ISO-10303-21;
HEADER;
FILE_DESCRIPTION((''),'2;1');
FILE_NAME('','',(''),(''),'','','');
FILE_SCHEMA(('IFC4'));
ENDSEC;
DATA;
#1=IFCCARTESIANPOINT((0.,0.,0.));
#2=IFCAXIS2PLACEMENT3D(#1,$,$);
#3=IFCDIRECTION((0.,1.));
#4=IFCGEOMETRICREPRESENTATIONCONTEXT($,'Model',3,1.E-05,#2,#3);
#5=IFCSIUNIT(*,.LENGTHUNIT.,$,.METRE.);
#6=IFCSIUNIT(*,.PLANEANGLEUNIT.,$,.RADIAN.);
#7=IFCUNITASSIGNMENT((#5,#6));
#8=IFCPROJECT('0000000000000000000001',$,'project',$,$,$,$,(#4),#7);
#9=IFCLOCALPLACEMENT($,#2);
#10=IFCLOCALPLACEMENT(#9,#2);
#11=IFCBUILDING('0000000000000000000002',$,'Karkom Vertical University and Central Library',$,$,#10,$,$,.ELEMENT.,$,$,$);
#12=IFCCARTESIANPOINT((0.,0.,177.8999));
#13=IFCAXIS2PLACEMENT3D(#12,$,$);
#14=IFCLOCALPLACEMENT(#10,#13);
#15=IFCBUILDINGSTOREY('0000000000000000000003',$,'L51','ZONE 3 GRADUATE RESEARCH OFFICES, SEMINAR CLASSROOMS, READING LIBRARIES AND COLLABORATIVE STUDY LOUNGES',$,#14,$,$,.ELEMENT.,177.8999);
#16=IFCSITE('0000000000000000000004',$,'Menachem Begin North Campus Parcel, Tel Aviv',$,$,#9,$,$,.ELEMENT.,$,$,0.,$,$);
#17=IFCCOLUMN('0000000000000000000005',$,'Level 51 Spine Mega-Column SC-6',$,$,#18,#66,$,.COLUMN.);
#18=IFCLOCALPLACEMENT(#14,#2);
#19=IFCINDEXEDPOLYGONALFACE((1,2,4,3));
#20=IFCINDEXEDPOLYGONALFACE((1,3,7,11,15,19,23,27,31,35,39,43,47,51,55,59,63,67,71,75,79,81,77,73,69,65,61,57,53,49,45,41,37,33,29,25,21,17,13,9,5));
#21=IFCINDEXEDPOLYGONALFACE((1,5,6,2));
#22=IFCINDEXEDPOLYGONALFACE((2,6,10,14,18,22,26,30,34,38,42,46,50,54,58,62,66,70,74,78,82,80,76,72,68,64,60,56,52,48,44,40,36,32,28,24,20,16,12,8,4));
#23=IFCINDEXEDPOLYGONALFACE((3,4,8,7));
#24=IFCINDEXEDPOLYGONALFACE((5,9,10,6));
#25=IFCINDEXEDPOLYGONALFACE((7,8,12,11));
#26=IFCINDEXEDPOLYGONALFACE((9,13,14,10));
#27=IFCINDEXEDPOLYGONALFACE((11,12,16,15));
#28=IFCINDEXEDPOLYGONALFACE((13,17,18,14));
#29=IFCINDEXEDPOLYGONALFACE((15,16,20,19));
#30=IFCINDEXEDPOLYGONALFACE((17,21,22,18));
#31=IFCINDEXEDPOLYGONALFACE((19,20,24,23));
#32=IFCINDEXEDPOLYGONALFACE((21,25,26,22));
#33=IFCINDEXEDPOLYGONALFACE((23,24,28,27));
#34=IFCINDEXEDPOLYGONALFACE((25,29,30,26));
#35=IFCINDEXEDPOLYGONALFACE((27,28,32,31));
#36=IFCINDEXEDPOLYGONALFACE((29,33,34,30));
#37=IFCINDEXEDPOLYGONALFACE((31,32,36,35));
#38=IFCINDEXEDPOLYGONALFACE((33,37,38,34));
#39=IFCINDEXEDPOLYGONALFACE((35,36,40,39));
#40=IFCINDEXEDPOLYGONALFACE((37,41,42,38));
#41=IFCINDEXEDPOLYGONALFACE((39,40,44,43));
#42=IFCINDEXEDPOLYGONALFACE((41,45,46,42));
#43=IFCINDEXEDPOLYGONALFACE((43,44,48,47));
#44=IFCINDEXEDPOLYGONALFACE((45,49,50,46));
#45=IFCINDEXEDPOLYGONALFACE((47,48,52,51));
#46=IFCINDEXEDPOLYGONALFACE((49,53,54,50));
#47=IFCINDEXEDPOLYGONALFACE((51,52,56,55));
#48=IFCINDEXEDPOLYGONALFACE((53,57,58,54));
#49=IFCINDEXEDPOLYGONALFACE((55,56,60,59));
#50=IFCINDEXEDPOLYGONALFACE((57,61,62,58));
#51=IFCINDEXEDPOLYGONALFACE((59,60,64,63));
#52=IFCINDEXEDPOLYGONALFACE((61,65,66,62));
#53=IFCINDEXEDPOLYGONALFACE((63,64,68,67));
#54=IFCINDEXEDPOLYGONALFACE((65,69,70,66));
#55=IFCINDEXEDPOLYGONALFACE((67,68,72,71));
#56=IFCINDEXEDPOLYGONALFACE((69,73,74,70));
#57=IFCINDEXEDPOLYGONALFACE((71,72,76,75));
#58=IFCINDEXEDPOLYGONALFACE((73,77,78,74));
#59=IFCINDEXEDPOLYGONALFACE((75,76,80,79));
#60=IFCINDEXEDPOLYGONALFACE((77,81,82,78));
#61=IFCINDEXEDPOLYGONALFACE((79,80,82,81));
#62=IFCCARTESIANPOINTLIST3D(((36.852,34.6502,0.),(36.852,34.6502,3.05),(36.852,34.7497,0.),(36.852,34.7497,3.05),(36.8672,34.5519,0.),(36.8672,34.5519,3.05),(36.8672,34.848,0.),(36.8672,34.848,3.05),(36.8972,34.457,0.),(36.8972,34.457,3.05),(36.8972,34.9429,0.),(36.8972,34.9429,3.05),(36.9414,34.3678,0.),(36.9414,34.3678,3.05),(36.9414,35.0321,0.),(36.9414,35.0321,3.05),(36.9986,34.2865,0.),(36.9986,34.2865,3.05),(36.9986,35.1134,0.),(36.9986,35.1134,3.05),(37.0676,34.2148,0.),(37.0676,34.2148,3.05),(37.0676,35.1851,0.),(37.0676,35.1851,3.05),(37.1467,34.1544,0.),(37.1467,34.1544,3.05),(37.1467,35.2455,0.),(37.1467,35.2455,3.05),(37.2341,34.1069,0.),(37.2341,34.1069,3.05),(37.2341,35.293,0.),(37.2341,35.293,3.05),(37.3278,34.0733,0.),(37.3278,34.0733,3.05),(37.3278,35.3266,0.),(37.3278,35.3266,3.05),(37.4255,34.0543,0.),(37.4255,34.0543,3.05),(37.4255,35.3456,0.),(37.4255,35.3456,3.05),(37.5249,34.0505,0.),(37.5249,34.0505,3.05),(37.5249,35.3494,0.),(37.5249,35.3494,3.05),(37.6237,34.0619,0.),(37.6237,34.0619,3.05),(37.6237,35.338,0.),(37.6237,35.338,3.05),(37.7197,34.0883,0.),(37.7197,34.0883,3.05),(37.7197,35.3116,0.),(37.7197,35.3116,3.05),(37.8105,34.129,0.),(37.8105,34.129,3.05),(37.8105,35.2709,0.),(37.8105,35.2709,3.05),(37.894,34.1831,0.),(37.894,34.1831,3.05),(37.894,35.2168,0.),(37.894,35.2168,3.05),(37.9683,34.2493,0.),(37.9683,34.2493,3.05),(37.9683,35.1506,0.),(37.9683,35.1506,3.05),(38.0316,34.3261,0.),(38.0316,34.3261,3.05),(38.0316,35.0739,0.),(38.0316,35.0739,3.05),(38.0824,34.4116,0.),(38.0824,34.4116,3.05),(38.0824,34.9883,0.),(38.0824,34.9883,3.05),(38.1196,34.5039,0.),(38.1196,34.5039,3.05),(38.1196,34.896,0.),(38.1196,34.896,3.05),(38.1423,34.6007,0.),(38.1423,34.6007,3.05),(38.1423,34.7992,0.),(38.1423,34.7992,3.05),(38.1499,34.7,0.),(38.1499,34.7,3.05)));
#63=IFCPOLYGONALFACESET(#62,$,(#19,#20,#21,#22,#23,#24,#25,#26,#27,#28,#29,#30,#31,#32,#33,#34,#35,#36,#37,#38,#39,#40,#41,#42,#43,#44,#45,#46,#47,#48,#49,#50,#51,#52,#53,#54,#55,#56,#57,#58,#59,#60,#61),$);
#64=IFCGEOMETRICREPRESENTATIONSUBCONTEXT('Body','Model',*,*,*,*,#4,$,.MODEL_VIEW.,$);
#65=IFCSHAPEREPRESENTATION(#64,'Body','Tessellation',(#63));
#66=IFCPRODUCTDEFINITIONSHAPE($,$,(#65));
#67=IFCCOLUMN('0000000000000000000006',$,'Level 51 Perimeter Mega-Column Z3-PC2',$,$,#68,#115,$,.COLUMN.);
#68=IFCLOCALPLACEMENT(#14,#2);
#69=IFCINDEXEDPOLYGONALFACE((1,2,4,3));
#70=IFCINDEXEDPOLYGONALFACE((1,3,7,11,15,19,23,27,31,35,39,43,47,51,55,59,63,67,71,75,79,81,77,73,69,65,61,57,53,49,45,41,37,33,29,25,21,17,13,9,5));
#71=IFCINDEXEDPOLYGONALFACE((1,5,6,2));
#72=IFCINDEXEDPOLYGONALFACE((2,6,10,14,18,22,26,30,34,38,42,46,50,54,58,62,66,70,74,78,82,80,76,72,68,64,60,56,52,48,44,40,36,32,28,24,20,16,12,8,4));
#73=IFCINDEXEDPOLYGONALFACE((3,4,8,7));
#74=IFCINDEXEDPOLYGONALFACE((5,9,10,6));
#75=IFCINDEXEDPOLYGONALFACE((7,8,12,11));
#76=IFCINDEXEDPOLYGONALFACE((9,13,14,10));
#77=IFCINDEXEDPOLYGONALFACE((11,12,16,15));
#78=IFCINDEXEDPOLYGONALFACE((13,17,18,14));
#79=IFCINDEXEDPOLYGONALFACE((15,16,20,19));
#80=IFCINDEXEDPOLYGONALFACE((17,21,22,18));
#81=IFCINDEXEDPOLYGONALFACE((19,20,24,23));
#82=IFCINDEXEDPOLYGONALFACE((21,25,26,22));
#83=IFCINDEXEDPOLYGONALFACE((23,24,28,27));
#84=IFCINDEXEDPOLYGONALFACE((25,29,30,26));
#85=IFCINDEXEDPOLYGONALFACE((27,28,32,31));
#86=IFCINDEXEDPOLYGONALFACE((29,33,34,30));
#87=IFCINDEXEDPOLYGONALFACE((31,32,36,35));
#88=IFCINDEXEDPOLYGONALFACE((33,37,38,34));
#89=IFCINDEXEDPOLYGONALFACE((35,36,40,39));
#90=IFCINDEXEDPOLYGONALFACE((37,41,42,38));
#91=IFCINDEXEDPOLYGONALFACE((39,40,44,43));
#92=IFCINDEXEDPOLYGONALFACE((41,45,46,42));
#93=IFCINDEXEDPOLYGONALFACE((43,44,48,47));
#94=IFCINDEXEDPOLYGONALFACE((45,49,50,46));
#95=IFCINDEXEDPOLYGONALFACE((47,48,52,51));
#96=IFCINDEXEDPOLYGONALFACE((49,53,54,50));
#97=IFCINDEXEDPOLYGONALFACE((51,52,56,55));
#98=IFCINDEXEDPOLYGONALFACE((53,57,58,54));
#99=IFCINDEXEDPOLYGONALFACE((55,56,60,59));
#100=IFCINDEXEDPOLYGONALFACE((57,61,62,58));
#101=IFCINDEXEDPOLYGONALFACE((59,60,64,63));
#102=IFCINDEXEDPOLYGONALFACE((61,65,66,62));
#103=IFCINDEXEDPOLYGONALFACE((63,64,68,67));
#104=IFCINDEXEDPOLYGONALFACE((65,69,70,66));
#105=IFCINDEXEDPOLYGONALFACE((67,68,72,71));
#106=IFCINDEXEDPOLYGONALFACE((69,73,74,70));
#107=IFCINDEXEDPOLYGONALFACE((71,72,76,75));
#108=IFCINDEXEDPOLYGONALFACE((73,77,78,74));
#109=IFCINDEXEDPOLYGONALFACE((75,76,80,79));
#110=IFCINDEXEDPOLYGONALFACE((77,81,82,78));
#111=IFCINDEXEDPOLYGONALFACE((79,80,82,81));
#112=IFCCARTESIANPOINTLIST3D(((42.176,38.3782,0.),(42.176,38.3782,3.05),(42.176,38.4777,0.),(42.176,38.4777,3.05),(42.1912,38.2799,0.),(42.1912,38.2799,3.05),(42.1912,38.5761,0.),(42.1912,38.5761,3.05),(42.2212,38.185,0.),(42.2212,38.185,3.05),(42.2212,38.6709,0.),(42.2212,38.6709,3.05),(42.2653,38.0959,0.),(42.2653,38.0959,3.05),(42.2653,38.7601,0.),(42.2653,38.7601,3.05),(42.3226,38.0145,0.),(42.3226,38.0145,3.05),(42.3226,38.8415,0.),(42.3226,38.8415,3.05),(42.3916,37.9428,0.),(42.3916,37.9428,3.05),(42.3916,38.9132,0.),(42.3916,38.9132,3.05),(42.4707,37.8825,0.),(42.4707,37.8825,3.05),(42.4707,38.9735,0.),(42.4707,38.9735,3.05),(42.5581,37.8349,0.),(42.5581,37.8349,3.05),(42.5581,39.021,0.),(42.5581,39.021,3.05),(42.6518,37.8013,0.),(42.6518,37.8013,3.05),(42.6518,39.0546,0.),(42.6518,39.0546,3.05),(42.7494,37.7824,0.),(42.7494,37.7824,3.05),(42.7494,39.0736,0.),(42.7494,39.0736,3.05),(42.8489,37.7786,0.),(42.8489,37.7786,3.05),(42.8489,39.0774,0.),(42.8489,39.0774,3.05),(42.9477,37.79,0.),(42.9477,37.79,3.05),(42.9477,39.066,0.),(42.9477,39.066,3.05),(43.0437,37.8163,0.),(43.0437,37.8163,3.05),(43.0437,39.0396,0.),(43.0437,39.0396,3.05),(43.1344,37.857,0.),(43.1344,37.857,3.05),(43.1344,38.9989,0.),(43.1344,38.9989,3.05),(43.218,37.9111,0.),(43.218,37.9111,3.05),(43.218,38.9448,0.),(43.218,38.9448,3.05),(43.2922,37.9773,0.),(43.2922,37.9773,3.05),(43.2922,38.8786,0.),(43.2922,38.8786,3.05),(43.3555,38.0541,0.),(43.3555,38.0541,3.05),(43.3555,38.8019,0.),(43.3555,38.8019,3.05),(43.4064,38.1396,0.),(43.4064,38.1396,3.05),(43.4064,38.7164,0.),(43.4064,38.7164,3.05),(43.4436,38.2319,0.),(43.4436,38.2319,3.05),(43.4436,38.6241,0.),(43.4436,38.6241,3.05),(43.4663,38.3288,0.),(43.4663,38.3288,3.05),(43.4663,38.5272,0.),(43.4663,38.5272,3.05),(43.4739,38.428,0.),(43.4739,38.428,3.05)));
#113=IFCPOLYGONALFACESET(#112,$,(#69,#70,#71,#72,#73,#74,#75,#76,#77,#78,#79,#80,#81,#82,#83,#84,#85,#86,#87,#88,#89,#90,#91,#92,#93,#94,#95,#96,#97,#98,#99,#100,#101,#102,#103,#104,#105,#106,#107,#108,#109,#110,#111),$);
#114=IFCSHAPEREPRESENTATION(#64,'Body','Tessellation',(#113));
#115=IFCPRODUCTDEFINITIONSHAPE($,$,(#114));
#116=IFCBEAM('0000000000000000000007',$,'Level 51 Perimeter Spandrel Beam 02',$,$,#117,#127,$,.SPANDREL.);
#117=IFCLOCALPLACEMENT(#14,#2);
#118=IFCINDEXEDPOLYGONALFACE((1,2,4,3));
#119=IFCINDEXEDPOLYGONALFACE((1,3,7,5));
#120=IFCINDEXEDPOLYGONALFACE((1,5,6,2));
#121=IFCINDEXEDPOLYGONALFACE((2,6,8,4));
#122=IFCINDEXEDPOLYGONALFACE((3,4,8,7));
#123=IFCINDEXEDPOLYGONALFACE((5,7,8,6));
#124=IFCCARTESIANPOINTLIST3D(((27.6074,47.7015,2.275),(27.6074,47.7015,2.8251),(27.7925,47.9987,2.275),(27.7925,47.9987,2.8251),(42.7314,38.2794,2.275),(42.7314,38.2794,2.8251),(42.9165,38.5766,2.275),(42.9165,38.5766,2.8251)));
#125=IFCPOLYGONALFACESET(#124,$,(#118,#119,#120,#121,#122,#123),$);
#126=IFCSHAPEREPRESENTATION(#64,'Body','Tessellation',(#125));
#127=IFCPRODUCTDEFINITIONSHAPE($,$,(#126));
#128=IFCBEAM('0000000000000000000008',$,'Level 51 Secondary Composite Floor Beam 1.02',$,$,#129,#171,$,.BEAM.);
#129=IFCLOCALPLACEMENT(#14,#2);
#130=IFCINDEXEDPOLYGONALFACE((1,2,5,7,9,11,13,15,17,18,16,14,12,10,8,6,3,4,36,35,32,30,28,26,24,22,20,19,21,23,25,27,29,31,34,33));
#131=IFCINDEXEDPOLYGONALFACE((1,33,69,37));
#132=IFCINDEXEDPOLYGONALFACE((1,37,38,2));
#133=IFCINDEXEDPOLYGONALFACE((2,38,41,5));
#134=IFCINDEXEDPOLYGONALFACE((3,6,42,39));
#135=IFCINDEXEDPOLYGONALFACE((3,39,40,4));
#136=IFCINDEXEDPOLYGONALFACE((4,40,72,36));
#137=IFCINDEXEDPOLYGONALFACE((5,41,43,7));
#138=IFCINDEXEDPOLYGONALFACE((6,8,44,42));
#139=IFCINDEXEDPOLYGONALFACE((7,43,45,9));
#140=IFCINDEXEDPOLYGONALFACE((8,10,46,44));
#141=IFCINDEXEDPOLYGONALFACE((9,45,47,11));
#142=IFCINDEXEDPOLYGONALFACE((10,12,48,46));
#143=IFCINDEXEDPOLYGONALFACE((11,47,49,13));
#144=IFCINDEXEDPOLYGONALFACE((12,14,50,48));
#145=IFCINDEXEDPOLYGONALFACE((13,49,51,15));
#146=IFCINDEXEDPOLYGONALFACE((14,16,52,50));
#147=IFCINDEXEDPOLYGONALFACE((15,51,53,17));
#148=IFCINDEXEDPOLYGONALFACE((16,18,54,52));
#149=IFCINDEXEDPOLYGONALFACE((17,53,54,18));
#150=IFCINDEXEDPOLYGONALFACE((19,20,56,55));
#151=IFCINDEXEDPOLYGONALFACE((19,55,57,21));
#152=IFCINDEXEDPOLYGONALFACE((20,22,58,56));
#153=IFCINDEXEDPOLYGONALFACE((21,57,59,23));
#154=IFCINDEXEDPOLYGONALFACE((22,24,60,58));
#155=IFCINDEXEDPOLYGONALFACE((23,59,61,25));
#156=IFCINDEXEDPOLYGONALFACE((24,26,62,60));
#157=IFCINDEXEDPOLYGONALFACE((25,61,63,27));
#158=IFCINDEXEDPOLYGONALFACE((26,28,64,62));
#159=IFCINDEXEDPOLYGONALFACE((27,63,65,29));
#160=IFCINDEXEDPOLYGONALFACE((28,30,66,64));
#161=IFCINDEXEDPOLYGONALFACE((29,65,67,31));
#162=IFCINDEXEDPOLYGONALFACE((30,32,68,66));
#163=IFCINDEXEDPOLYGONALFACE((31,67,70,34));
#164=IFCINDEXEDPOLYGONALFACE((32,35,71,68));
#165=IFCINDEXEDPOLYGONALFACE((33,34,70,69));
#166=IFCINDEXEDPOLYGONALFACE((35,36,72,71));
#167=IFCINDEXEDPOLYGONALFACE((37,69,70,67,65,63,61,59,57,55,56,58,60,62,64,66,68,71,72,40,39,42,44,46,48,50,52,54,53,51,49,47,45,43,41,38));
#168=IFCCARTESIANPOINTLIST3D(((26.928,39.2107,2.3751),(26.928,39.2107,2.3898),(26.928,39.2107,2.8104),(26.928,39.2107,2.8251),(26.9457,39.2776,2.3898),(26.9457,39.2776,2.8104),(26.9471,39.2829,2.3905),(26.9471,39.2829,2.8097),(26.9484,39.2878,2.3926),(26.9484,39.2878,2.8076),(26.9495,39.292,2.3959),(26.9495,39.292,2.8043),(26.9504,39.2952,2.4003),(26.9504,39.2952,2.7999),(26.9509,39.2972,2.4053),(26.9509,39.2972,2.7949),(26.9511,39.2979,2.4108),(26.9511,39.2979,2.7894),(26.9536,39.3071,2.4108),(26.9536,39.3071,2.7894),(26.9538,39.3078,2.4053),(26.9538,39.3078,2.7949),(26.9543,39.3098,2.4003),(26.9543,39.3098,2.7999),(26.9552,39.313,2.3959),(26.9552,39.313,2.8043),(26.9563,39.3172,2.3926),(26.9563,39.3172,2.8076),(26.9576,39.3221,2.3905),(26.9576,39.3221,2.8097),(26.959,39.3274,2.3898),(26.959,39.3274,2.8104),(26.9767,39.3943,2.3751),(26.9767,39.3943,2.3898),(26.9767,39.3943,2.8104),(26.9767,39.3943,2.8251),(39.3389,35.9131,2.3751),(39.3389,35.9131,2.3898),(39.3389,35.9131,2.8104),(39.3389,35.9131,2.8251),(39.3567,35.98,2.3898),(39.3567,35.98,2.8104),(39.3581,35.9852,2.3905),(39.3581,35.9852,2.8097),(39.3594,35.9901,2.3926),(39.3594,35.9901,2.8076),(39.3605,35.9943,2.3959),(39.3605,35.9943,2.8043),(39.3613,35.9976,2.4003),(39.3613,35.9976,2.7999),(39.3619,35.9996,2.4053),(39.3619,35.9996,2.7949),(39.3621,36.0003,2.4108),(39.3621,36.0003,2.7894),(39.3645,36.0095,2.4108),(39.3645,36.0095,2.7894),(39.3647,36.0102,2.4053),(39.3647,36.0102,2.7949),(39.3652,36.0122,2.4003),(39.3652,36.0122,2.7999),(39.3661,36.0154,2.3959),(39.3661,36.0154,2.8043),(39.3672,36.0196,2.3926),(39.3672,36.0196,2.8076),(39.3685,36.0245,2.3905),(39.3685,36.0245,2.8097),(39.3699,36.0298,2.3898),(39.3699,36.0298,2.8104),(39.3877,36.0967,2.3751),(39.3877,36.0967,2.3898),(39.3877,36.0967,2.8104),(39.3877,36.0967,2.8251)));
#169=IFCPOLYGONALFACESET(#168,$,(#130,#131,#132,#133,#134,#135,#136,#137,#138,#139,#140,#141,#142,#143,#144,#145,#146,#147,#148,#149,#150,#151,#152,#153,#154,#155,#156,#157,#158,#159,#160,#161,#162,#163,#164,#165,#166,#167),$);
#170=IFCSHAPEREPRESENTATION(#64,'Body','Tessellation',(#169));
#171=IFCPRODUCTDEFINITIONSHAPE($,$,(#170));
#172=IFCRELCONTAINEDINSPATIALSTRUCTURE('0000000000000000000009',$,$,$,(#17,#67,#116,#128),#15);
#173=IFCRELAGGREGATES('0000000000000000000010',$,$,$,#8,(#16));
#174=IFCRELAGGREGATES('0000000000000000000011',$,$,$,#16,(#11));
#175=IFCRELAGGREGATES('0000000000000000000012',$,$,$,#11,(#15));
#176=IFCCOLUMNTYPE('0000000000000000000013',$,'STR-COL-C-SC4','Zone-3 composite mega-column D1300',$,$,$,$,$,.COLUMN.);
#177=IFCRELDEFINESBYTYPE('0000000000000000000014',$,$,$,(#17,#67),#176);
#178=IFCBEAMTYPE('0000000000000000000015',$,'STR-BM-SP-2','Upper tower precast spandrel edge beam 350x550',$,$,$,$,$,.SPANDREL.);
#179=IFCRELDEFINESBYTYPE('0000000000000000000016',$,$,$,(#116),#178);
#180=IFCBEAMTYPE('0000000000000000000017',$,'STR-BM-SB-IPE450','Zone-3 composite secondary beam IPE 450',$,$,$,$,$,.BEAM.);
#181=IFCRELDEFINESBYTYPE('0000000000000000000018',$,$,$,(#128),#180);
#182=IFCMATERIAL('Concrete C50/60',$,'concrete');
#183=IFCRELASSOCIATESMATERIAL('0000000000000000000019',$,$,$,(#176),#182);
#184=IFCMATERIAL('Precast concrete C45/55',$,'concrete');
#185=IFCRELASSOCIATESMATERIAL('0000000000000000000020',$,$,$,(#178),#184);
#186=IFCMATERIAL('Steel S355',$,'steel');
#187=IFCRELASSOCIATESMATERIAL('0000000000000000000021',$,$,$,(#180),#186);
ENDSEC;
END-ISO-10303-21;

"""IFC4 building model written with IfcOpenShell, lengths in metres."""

from ifc_helpers import new_model, si_unit, direction, frame, origin, origin_with_axes, origin_2d, place, context, subcontext, project, spatial, rectangle, circle, i_section, extrude, source, transform, mapped, material, material_profile, profile_set, type_object, element, save


model = new_model("IFC4")

# Units and contexts
model_context = context("Model", 3, precision=1e-05, world=origin(), true_north=direction((0.0, 1.0)))
body_context = subcontext(model_context, "Body", "Model", "MODEL_VIEW")
ifc_project = project(units=[si_unit("LENGTHUNIT", "METRE"), si_unit("PLANEANGLEUNIT", "RADIAN")], contexts=[model_context])

# Site, building, storey
site_placement = place(None, origin())
site = spatial("IfcSite", under=ifc_project, at=site_placement, Name="Menachem Begin North Campus Parcel, Tel Aviv", CompositionType="ELEMENT", RefElevation=0.0)
building_placement = place(site_placement, origin())
building = spatial("IfcBuilding", under=site, at=building_placement, Name="Karkom Vertical University and Central Library", CompositionType="ELEMENT")
storey_placement = place(building_placement, frame((0.0, 0.0, 177.8999)))
storey = spatial("IfcBuildingStorey", under=building, at=storey_placement, Name="L51", Description="ZONE 3 GRADUATE RESEARCH OFFICES, SEMINAR CLASSROOMS, READING LIBRARIES AND COLLABORATIVE STUDY LOUNGES", CompositionType="ELEMENT", Elevation=177.8999)

# Columns
ifc_material_1 = material(Name="Concrete C50/60", Category="concrete")
ifc_material_profile_1 = material_profile(ifc_material_1, circle(Radius=0.6499, at=origin_2d()), Name="CFT-D1300")
ifc_profile_set_1 = profile_set([ifc_material_profile_1], Name="Concrete C50/60")
column_type = type_object("IfcColumnType", Name="STR-COL-C-SC4", Description="Zone-3 composite mega-column D1300", PredefinedType="COLUMN", material=ifc_profile_set_1)
shared_shape_1 = source(origin_with_axes(), body_context, "Body", "SweptSolid", [
    extrude(circle(Radius=0.6499, at=origin_2d()), origin(), (0.0, 0.0, 1.0), 3.05),
])
for number, where, z_axis, x_axis, name in (
    (1, (37.5, 34.7, 0.0), (0.0, 0.0, 1.0), (1.0, 0.0, 0.0), "Level 51 Spine Mega-Column SC-6"),
    (2, (42.824, 38.428, 0.0), (0.0, 0.0, 1.0), (1.0, 0.0, 0.0), "Level 51 Perimeter Mega-Column Z3-PC2"),
):
    element("IfcColumn", number, at=place(storey_placement, frame(where, z_axis=z_axis, x_axis=x_axis)), inside=storey, type_object=column_type, Name=name, PredefinedType="COLUMN", context=body_context, shape_type="MappedRepresentation", body=[
        mapped(shared_shape_1, transform((0.0, 0.0, 0.0), scale=1.0)),
    ])

# Beams
ifc_material_2 = material(Name="Precast concrete C45/55", Category="concrete")
ifc_material_profile_2 = material_profile(ifc_material_2, rectangle(XDim=0.3501, YDim=0.55, at=origin_2d()), Name="SPB-350x550")
ifc_profile_set_2 = profile_set([ifc_material_profile_2], Name="Precast concrete C45/55")
beam_type_1 = type_object("IfcBeamType", Name="STR-BM-SP-2", Description="Upper tower precast spandrel edge beam 350x550", PredefinedType="SPANDREL", material=ifc_profile_set_2)
shared_shape_2 = source(origin_with_axes(), body_context, "Body", "SweptSolid", [
    extrude(rectangle(XDim=0.3501, YDim=0.55, at=origin_2d()), origin(), (0.0, 0.0, 1.0), 17.8188),
])
beam_1_placement = place(storey_placement, frame((42.824, 38.428, 2.55), z_axis=(-0.848764, 0.528772, 0.0), x_axis=(-0.528772, -0.848764, 0.0)))
element("IfcBeam", 3, at=beam_1_placement, inside=storey, type_object=beam_type_1, Name="Level 51 Perimeter Spandrel Beam 02", PredefinedType="SPANDREL", context=body_context, shape_type="MappedRepresentation", body=[
    mapped(shared_shape_2, transform((0.0, 0.0, 0.0), scale=1.0)),
])
ifc_material_3 = material(Name="Steel S355", Category="steel")
ifc_material_profile_3 = material_profile(ifc_material_3, i_section(OverallWidth=0.1899, OverallDepth=0.45, WebThickness=0.0095, FlangeThickness=0.0146, FilletRadius=0.021, at=origin_2d()), Name="IPE 450")
ifc_profile_set_3 = profile_set([ifc_material_profile_3], Name="Steel S355")
beam_type_2 = type_object("IfcBeamType", Name="STR-BM-SB-IPE450", Description="Zone-3 composite secondary beam IPE 450", PredefinedType="BEAM", material=ifc_profile_set_3)
shared_shape_3 = source(origin_with_axes(), body_context, "Body", "SweptSolid", [
    extrude(i_section(OverallWidth=0.1899, OverallDepth=0.45, WebThickness=0.0095, FlangeThickness=0.0146, FilletRadius=0.021, at=origin_2d()), origin(), (0.0, 0.0, 1.0), 12.8416),
])
beam_2_placement = place(storey_placement, frame((39.3633, 36.0049, 2.6001), z_axis=(-0.966466, 0.256793, 0.0), x_axis=(-0.256793, -0.966466, 0.0)))
element("IfcBeam", 4, at=beam_2_placement, inside=storey, type_object=beam_type_2, Name="Level 51 Secondary Composite Floor Beam 1.02", PredefinedType="BEAM", context=body_context, shape_type="MappedRepresentation", body=[
    mapped(shared_shape_3, transform((0.0, 0.0, 0.0), scale=1.0)),
])

save(model, "model.ifc")
